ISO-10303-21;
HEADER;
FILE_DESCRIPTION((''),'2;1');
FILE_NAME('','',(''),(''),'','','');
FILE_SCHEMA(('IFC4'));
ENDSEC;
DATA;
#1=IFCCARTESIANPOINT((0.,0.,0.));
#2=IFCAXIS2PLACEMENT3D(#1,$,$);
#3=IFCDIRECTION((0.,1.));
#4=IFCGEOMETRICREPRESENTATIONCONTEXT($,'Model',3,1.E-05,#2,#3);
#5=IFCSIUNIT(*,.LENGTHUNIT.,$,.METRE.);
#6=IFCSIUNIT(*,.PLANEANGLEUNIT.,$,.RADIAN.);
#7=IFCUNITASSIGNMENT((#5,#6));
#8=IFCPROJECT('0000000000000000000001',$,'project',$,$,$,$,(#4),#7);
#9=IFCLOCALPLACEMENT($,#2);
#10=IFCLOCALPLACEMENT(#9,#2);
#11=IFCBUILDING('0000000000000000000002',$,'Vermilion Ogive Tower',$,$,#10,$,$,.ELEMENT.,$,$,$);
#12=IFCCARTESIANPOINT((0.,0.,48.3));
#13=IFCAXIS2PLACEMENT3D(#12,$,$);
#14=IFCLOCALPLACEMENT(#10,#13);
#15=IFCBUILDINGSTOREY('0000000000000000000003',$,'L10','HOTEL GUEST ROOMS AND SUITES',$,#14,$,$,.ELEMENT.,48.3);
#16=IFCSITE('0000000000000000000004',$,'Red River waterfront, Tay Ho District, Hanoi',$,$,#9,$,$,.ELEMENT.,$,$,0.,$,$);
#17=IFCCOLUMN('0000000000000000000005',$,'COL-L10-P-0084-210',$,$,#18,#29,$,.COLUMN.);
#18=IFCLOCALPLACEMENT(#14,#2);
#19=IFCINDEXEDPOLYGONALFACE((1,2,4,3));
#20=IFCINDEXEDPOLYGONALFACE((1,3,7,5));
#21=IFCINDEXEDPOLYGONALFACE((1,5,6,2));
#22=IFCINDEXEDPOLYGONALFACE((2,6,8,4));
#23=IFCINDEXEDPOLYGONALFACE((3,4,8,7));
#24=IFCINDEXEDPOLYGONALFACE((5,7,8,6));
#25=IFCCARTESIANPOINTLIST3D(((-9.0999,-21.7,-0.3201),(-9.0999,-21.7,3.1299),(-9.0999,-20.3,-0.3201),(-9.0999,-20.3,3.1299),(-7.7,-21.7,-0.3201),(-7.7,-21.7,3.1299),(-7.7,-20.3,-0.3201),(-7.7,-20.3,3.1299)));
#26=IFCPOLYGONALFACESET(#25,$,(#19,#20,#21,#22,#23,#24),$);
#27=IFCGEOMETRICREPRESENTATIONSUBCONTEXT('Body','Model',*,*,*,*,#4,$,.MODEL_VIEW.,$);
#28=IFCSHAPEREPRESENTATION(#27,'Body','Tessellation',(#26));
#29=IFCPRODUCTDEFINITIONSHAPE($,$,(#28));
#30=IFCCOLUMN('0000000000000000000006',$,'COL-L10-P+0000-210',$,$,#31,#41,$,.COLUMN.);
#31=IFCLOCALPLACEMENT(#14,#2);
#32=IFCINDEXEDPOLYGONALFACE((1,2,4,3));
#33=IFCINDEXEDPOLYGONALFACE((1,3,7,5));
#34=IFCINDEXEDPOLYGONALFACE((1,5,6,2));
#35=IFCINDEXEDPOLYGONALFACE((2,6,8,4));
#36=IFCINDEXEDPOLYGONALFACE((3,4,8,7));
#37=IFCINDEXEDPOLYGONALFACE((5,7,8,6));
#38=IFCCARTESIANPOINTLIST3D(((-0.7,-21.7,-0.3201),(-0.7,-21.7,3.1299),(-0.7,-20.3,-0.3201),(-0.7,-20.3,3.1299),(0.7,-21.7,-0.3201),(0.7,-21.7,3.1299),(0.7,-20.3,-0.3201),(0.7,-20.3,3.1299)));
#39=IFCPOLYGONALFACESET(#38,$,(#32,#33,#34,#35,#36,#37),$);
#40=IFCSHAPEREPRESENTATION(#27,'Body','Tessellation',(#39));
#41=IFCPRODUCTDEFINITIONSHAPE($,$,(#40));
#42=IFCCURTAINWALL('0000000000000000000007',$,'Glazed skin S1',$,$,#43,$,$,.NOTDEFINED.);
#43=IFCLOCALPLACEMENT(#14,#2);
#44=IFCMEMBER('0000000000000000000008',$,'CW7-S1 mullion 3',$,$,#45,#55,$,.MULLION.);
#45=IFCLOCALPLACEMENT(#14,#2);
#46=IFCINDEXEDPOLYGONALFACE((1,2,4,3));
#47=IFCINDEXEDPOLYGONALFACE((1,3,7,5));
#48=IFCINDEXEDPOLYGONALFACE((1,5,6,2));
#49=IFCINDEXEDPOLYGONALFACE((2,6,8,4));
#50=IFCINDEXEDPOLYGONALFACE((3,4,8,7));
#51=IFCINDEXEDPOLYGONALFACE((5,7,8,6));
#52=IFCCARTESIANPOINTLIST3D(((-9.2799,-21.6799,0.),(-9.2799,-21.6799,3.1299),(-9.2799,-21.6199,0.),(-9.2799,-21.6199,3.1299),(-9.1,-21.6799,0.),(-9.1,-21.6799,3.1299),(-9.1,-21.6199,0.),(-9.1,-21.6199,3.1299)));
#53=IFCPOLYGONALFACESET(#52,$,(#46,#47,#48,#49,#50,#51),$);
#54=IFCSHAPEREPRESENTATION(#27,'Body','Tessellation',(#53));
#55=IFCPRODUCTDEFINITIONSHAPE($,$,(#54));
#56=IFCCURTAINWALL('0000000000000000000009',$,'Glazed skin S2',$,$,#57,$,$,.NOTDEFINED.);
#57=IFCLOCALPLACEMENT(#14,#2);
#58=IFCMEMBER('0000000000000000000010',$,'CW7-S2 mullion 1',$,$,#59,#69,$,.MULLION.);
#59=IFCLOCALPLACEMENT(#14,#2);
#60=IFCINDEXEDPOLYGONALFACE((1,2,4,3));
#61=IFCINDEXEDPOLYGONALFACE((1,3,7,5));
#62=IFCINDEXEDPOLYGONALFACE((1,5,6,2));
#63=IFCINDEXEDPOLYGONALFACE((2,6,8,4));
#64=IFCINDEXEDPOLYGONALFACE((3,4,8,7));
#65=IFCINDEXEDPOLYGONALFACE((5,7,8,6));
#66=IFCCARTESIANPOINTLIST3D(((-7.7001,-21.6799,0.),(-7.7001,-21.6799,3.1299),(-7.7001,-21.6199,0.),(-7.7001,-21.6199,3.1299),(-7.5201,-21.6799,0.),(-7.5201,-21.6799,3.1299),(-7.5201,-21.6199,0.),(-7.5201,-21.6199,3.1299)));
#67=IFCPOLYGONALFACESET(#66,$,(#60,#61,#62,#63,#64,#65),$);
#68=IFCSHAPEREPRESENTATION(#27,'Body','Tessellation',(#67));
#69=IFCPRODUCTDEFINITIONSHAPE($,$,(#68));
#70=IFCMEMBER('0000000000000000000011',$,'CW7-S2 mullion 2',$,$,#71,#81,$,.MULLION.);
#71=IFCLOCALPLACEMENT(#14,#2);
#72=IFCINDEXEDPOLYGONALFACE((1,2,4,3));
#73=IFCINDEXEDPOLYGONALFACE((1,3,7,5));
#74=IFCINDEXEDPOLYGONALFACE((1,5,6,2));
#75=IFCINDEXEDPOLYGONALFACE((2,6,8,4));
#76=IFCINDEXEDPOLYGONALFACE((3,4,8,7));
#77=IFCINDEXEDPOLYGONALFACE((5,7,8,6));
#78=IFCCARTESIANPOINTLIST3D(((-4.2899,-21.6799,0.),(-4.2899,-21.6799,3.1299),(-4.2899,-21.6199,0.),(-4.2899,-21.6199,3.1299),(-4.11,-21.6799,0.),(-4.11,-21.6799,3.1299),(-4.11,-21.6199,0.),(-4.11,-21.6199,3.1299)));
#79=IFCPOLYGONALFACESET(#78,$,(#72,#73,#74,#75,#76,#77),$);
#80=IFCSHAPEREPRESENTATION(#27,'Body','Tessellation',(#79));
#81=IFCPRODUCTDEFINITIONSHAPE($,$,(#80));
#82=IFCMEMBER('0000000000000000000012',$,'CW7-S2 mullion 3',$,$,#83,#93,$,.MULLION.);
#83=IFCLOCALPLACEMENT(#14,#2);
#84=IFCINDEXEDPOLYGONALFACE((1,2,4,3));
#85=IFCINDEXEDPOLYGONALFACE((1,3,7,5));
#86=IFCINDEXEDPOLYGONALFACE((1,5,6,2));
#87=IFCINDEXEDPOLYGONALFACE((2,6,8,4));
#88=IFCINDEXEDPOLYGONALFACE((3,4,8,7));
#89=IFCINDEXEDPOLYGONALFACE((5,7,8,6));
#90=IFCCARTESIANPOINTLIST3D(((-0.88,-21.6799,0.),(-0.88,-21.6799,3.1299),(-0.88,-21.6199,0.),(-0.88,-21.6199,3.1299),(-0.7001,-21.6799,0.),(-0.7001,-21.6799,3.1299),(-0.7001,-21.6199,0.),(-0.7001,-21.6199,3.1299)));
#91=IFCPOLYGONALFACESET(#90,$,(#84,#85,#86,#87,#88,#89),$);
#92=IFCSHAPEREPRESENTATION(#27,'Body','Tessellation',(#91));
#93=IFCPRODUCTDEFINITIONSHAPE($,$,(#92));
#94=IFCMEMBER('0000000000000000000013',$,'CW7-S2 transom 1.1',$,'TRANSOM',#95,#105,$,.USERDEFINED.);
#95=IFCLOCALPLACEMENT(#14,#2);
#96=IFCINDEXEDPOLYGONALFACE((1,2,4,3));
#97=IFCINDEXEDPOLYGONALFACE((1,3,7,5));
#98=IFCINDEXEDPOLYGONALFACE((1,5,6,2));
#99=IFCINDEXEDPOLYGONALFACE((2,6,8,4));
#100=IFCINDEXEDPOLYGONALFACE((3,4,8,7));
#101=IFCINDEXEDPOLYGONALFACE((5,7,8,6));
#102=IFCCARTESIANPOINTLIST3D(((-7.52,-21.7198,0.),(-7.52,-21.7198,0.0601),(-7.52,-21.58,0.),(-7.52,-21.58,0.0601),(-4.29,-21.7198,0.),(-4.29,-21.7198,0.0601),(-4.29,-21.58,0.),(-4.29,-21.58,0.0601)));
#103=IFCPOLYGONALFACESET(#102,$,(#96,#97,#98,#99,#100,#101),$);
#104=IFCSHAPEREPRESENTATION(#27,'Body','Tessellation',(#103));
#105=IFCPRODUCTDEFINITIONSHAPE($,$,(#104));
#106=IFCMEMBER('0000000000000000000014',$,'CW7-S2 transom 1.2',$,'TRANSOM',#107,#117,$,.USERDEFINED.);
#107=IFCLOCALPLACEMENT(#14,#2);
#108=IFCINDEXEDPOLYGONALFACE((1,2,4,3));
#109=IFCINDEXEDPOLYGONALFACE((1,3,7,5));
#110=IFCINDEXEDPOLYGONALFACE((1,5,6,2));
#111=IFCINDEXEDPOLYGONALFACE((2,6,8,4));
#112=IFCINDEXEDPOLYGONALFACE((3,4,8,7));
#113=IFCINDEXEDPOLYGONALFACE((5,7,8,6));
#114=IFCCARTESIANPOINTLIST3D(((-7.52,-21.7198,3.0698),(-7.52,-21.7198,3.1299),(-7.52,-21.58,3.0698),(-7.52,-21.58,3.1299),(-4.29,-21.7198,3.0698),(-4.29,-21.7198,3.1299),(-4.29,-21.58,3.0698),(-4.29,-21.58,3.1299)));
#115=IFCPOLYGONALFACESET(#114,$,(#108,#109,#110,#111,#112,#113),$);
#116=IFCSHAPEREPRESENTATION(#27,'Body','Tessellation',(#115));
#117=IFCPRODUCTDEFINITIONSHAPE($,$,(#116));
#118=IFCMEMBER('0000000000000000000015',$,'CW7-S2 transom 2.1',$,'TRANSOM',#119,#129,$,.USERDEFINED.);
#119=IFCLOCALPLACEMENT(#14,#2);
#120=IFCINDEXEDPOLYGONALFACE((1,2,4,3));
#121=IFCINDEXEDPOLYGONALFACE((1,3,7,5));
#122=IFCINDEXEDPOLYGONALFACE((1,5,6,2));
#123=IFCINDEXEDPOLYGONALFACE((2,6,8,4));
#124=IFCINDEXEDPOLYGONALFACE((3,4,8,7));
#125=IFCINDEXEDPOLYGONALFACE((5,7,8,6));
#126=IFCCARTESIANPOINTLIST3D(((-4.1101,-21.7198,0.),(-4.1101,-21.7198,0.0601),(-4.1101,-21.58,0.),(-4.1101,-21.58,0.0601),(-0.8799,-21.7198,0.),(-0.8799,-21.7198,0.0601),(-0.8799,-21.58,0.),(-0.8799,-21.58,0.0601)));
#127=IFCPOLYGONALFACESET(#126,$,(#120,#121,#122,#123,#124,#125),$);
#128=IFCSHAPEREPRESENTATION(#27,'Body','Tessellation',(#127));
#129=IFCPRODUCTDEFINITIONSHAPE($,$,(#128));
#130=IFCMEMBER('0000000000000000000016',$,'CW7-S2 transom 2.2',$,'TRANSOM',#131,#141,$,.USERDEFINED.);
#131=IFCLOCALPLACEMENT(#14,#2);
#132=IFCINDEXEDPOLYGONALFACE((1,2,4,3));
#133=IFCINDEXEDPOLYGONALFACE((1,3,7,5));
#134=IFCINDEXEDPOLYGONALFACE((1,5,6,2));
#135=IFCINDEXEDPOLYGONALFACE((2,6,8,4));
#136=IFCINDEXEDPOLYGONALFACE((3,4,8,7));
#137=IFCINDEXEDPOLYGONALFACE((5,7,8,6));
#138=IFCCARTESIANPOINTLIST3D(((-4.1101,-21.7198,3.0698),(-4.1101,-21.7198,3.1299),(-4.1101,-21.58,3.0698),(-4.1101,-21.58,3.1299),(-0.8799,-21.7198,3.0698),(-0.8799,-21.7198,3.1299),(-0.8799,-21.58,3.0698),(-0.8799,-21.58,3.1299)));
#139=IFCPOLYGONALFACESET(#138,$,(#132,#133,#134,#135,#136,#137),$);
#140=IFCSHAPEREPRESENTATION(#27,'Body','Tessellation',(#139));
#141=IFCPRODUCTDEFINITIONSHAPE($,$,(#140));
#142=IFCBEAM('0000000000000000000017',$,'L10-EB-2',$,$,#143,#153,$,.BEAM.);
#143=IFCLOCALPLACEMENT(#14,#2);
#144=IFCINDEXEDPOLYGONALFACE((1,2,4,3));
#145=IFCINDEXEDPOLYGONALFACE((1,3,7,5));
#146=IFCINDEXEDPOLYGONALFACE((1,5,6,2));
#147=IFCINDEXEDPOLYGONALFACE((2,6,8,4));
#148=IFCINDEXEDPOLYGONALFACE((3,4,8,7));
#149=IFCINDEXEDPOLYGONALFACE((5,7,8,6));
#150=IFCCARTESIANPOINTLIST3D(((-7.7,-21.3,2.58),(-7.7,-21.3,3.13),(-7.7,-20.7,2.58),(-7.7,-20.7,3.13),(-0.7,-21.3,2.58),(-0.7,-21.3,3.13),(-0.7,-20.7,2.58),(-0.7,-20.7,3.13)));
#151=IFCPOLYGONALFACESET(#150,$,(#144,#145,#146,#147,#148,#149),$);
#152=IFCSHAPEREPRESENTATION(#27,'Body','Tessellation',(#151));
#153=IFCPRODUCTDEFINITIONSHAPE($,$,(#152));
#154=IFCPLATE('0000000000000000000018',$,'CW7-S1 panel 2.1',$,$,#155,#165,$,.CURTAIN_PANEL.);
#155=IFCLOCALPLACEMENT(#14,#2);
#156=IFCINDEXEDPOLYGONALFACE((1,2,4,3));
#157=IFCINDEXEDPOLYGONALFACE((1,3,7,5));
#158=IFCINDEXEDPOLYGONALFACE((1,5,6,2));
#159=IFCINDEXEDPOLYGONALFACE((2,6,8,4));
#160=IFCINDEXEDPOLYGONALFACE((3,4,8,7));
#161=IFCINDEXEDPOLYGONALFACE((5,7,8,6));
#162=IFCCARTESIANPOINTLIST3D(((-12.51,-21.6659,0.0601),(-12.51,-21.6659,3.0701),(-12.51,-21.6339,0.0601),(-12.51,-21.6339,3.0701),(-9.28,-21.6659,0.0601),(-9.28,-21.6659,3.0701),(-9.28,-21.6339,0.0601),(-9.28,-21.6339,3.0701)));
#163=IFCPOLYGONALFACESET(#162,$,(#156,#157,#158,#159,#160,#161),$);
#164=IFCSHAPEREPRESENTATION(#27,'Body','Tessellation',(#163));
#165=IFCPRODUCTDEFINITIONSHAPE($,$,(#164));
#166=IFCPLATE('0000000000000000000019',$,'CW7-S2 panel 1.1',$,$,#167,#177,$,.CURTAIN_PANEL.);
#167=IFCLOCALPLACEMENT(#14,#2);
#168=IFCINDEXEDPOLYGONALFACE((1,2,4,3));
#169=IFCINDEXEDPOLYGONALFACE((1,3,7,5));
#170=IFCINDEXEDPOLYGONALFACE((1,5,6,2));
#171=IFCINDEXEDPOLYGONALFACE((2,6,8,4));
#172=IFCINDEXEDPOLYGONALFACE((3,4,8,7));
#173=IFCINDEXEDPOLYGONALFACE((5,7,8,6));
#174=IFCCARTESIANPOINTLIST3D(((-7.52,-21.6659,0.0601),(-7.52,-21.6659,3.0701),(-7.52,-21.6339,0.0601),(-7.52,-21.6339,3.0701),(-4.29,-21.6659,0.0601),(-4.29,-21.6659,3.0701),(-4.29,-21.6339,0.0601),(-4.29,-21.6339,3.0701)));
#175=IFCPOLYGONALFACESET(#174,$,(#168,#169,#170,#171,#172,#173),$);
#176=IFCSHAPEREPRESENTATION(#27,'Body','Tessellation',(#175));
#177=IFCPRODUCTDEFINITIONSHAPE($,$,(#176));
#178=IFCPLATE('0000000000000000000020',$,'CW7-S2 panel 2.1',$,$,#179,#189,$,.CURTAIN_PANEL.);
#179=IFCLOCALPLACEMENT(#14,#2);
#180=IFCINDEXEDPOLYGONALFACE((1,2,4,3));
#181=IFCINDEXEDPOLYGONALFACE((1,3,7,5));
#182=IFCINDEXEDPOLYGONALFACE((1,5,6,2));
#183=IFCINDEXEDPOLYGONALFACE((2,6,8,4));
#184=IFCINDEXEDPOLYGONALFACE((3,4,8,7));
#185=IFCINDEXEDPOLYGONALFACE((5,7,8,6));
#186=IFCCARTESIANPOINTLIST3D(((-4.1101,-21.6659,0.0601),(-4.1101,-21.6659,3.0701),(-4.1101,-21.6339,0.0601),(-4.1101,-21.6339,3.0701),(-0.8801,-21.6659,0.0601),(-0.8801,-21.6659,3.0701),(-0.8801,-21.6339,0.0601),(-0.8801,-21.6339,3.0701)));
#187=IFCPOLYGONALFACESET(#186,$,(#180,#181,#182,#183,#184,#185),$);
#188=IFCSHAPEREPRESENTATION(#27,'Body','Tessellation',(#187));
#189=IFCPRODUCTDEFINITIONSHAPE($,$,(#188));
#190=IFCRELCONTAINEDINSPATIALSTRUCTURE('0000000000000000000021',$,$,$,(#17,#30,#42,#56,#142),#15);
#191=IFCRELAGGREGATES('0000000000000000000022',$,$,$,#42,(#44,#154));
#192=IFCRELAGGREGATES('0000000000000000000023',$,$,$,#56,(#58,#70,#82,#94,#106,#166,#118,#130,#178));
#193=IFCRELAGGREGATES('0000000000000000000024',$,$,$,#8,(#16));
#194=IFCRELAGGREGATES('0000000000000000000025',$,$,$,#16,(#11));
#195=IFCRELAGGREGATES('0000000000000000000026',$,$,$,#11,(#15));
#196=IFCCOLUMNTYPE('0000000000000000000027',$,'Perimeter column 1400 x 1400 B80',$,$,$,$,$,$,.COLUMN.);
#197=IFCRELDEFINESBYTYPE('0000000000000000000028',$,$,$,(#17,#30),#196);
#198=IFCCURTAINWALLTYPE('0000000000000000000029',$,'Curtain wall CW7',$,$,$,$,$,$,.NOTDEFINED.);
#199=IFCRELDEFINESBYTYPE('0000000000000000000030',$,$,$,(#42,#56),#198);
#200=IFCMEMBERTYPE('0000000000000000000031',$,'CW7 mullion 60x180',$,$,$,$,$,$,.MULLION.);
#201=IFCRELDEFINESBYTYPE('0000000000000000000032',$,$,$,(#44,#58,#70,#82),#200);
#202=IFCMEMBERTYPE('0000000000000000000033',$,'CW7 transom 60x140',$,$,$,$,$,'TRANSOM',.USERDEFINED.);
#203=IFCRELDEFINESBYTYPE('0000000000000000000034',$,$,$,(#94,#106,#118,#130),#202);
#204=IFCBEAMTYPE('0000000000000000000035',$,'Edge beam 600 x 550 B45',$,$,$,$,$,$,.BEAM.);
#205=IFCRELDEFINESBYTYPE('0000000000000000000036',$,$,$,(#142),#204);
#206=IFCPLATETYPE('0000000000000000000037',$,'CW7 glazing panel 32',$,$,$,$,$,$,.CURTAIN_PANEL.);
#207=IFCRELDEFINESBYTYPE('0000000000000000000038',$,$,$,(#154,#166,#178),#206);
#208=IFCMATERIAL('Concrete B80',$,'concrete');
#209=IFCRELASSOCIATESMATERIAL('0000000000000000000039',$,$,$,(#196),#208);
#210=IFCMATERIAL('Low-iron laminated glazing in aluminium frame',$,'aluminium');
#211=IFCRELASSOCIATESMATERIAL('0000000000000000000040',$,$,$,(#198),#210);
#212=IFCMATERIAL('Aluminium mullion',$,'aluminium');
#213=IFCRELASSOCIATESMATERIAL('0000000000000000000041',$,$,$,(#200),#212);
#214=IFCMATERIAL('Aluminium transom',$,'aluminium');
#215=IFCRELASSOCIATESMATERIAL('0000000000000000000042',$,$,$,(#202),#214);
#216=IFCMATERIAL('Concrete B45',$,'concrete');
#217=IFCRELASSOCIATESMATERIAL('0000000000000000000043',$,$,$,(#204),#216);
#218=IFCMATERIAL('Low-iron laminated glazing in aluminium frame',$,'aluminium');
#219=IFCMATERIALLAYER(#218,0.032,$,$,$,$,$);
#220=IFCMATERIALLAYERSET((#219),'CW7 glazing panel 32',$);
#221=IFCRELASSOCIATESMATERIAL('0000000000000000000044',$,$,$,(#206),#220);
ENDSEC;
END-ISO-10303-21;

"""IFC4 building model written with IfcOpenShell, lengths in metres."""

from ifc_helpers import new_model, si_unit, direction, frame, origin, origin_2d, place, context, subcontext, project, spatial, rectangle, extrude, material, layer, layer_set, material_profile, profile_set, type_object, element, aggregate, save


model = new_model("IFC4")

# Units and contexts
model_context = context("Model", 3, precision=1e-05, world=origin(), true_north=direction((0.0, 1.0)))
body_context = subcontext(model_context, "Body", "Model", "MODEL_VIEW")
ifc_project = project(units=[si_unit("LENGTHUNIT", "METRE"), si_unit("PLANEANGLEUNIT", "RADIAN")], contexts=[model_context])

# Site, building, storey
site_placement = place(None, origin())
site = spatial("IfcSite", under=ifc_project, at=site_placement, Name="Red River waterfront, Tay Ho District, Hanoi", CompositionType="ELEMENT", RefElevation=0.0)
building_placement = place(site_placement, origin())
building = spatial("IfcBuilding", under=site, at=building_placement, Name="Vermilion Ogive Tower", CompositionType="ELEMENT")
storey_placement = place(building_placement, frame((0.0, 0.0, 48.3)))
storey = spatial("IfcBuildingStorey", under=building, at=storey_placement, Name="L10", Description="HOTEL GUEST ROOMS AND SUITES", CompositionType="ELEMENT", Elevation=48.3)

# Columns
ifc_material_1 = material(Name="Concrete B80", Category="concrete")
ifc_material_profile_1 = material_profile(ifc_material_1, rectangle(XDim=1.3999, YDim=1.3999, at=origin_2d()), Name="1400 x 1400")
ifc_profile_set_1 = profile_set([ifc_material_profile_1], Name="Concrete B80")
column_type = type_object("IfcColumnType", Name="Perimeter column 1400 x 1400 B80", PredefinedType="COLUMN", material=ifc_profile_set_1)
for number, where, z_axis, x_axis, name in (
    (1, (-8.3999, -21.0, -0.3201), (0.0, 0.0, 1.0), (1.0, 0.0, 0.0), "COL-L10-P-0084-210"),
    (2, (0.0, -21.0, -0.3201), (0.0, 0.0, 1.0), (1.0, 0.0, 0.0), "COL-L10-P+0000-210"),
):
    element("IfcColumn", number, at=place(storey_placement, frame(where, z_axis=z_axis, x_axis=x_axis)), inside=storey, type_object=column_type, Name=name, PredefinedType="COLUMN", context=body_context, shape_type="SweptSolid", body=[
        extrude(rectangle(XDim=1.3999, YDim=1.3999, at=origin_2d()), origin(), (0.0, 0.0, 1.0), 3.45),
    ])

# Curtain wall, member
ifc_material_2 = material(Name="Low-iron laminated glazing in aluminium frame", Category="aluminium")
curtain_wall_type = type_object("IfcCurtainWallType", Name="Curtain wall CW7", PredefinedType="NOTDEFINED", material=ifc_material_2)
curtain_wall_1_placement = place(storey_placement, origin())
curtain_wall_1 = element("IfcCurtainWall", 3, at=curtain_wall_1_placement, inside=storey, type_object=curtain_wall_type, Name="Glazed skin S1", PredefinedType="NOTDEFINED")
ifc_material_3 = material(Name="Aluminium mullion", Category="aluminium")
ifc_material_profile_2 = material_profile(ifc_material_3, rectangle(XDim=0.0601, YDim=0.1799, at=origin_2d()), Name="AL 60x180")
ifc_profile_set_2 = profile_set([ifc_material_profile_2], Name="Aluminium mullion")
member_type_1 = type_object("IfcMemberType", Name="CW7 mullion 60x180", PredefinedType="MULLION", material=ifc_profile_set_2)
member_1_placement = place(storey_placement, frame((-9.1899, -21.6499, 0.0), z_axis=(0.0, 0.0, 1.0), x_axis=(0.0, 1.0, 0.0)))
member_1 = element("IfcMember", 4, at=member_1_placement, type_object=member_type_1, Name="CW7-S1 mullion 3", PredefinedType="MULLION", context=body_context, shape_type="SweptSolid", body=[
    extrude(rectangle(XDim=0.0601, YDim=0.1799, at=origin_2d()), origin(), (0.0, 0.0, 1.0), 3.1299),
])

# Curtain wall, members
curtain_wall_2_placement = place(storey_placement, origin())
curtain_wall_2 = element("IfcCurtainWall", 5, at=curtain_wall_2_placement, inside=storey, type_object=curtain_wall_type, Name="Glazed skin S2", PredefinedType="NOTDEFINED")
member_2_placement = place(storey_placement, frame((-7.6101, -21.6499, 0.0), z_axis=(0.0, 0.0, 1.0), x_axis=(0.0, 1.0, 0.0)))
member_2 = element("IfcMember", 6, at=member_2_placement, type_object=member_type_1, Name="CW7-S2 mullion 1", PredefinedType="MULLION", context=body_context, shape_type="SweptSolid", body=[
    extrude(rectangle(XDim=0.0601, YDim=0.1799, at=origin_2d()), origin(), (0.0, 0.0, 1.0), 3.1299),
])
member_3_placement = place(storey_placement, frame((-4.2, -21.6499, 0.0), z_axis=(0.0, 0.0, 1.0), x_axis=(0.0, 1.0, 0.0)))
member_3 = element("IfcMember", 7, at=member_3_placement, type_object=member_type_1, Name="CW7-S2 mullion 2", PredefinedType="MULLION", context=body_context, shape_type="SweptSolid", body=[
    extrude(rectangle(XDim=0.0601, YDim=0.1799, at=origin_2d()), origin(), (0.0, 0.0, 1.0), 3.1299),
])
member_4_placement = place(storey_placement, frame((-0.79, -21.6499, 0.0), z_axis=(0.0, 0.0, 1.0), x_axis=(0.0, 1.0, 0.0)))
member_4 = element("IfcMember", 8, at=member_4_placement, type_object=member_type_1, Name="CW7-S2 mullion 3", PredefinedType="MULLION", context=body_context, shape_type="SweptSolid", body=[
    extrude(rectangle(XDim=0.0601, YDim=0.1799, at=origin_2d()), origin(), (0.0, 0.0, 1.0), 3.1299),
])
ifc_material_4 = material(Name="Aluminium transom", Category="aluminium")
ifc_material_profile_3 = material_profile(ifc_material_4, rectangle(XDim=0.1399, YDim=0.0601, at=origin_2d()), Name="AL 60x140")
ifc_profile_set_3 = profile_set([ifc_material_profile_3], Name="Aluminium transom")
member_type_2 = type_object("IfcMemberType", Name="CW7 transom 60x140", ElementType="TRANSOM", PredefinedType="USERDEFINED", material=ifc_profile_set_3)
member_5_placement = place(storey_placement, frame((-7.52, -21.6499, 0.03), z_axis=(1.0, 0.0, 0.0), x_axis=(0.0, 1.0, 0.0)))
member_5 = element("IfcMember", 9, at=member_5_placement, type_object=member_type_2, Name="CW7-S2 transom 1.1", ObjectType="TRANSOM", PredefinedType="USERDEFINED", context=body_context, shape_type="SweptSolid", body=[
    extrude(rectangle(XDim=0.1399, YDim=0.0601, at=origin_2d()), origin(), (0.0, 0.0, 1.0), 3.23),
])
member_6_placement = place(storey_placement, frame((-7.52, -21.6499, 3.0999), z_axis=(1.0, 0.0, 0.0), x_axis=(0.0, 1.0, 0.0)))
member_6 = element("IfcMember", 10, at=member_6_placement, type_object=member_type_2, Name="CW7-S2 transom 1.2", ObjectType="TRANSOM", PredefinedType="USERDEFINED", context=body_context, shape_type="SweptSolid", body=[
    extrude(rectangle(XDim=0.1399, YDim=0.0601, at=origin_2d()), origin(), (0.0, 0.0, 1.0), 3.23),
])
member_7_placement = place(storey_placement, frame((-4.1101, -21.6499, 0.03), z_axis=(1.0, 0.0, 0.0), x_axis=(0.0, 1.0, 0.0)))
member_7 = element("IfcMember", 11, at=member_7_placement, type_object=member_type_2, Name="CW7-S2 transom 2.1", ObjectType="TRANSOM", PredefinedType="USERDEFINED", context=body_context, shape_type="SweptSolid", body=[
    extrude(rectangle(XDim=0.1399, YDim=0.0601, at=origin_2d()), origin(), (0.0, 0.0, 1.0), 3.2302),
])
member_8_placement = place(storey_placement, frame((-4.1101, -21.6499, 3.0999), z_axis=(1.0, 0.0, 0.0), x_axis=(0.0, 1.0, 0.0)))
member_8 = element("IfcMember", 12, at=member_8_placement, type_object=member_type_2, Name="CW7-S2 transom 2.2", ObjectType="TRANSOM", PredefinedType="USERDEFINED", context=body_context, shape_type="SweptSolid", body=[
    extrude(rectangle(XDim=0.1399, YDim=0.0601, at=origin_2d()), origin(), (0.0, 0.0, 1.0), 3.2302),
])

# Beam
ifc_material_5 = material(Name="Concrete B45", Category="concrete")
ifc_material_profile_4 = material_profile(ifc_material_5, rectangle(XDim=0.6001, YDim=0.55, at=origin_2d()), Name="600 x 550")
ifc_profile_set_4 = profile_set([ifc_material_profile_4], Name="Concrete B45")
beam_type = type_object("IfcBeamType", Name="Edge beam 600 x 550 B45", PredefinedType="BEAM", material=ifc_profile_set_4)
beam_placement = place(storey_placement, frame((-7.7, -21.0, 2.855), z_axis=(1.0, 0.0, 0.0), x_axis=(0.0, 1.0, 0.0)))
element("IfcBeam", 13, at=beam_placement, inside=storey, type_object=beam_type, Name="L10-EB-2", PredefinedType="BEAM", context=body_context, shape_type="SweptSolid", body=[
    extrude(rectangle(XDim=0.6001, YDim=0.55, at=origin_2d()), origin(), (0.0, 0.0, 1.0), 7.0),
])

# Plates
ifc_material_6 = material(Name="Low-iron laminated glazing in aluminium frame", Category="aluminium")
ifc_layer_1 = layer(ifc_material_6, 0.032)
ifc_layer_set_1 = layer_set([ifc_layer_1], Name="CW7 glazing panel 32")
plate_type = type_object("IfcPlateType", Name="CW7 glazing panel 32", PredefinedType="CURTAIN_PANEL", material=ifc_layer_set_1)
plate_1_placement = place(storey_placement, frame((-10.895, -21.6499, 0.0601), z_axis=(0.0, 0.0, 1.0), x_axis=(1.0, 0.0, 0.0)))
plate_1 = element("IfcPlate", 14, at=plate_1_placement, type_object=plate_type, Name="CW7-S1 panel 2.1", PredefinedType="CURTAIN_PANEL", context=body_context, shape_type="SweptSolid", body=[
    extrude(rectangle(XDim=3.23, YDim=0.032, at=origin_2d()), origin(), (0.0, 0.0, 1.0), 3.01),
])
aggregate(curtain_wall_1, [member_1, plate_1])
plate_2_placement = place(storey_placement, frame((-5.905, -21.6499, 0.0601), z_axis=(0.0, 0.0, 1.0), x_axis=(1.0, 0.0, 0.0)))
plate_2 = element("IfcPlate", 15, at=plate_2_placement, type_object=plate_type, Name="CW7-S2 panel 1.1", PredefinedType="CURTAIN_PANEL", context=body_context, shape_type="SweptSolid", body=[
    extrude(rectangle(XDim=3.23, YDim=0.032, at=origin_2d()), origin(), (0.0, 0.0, 1.0), 3.01),
])
plate_3_placement = place(storey_placement, frame((-2.4951, -21.6499, 0.0601), z_axis=(0.0, 0.0, 1.0), x_axis=(1.0, 0.0, 0.0)))
plate_3 = element("IfcPlate", 16, at=plate_3_placement, type_object=plate_type, Name="CW7-S2 panel 2.1", PredefinedType="CURTAIN_PANEL", context=body_context, shape_type="SweptSolid", body=[
    extrude(rectangle(XDim=3.23, YDim=0.032, at=origin_2d()), origin(), (0.0, 0.0, 1.0), 3.01),
])
aggregate(curtain_wall_2, [member_2, member_3, member_4, member_5, member_6, plate_2, member_7, member_8, plate_3])

save(model, "model.ifc")
